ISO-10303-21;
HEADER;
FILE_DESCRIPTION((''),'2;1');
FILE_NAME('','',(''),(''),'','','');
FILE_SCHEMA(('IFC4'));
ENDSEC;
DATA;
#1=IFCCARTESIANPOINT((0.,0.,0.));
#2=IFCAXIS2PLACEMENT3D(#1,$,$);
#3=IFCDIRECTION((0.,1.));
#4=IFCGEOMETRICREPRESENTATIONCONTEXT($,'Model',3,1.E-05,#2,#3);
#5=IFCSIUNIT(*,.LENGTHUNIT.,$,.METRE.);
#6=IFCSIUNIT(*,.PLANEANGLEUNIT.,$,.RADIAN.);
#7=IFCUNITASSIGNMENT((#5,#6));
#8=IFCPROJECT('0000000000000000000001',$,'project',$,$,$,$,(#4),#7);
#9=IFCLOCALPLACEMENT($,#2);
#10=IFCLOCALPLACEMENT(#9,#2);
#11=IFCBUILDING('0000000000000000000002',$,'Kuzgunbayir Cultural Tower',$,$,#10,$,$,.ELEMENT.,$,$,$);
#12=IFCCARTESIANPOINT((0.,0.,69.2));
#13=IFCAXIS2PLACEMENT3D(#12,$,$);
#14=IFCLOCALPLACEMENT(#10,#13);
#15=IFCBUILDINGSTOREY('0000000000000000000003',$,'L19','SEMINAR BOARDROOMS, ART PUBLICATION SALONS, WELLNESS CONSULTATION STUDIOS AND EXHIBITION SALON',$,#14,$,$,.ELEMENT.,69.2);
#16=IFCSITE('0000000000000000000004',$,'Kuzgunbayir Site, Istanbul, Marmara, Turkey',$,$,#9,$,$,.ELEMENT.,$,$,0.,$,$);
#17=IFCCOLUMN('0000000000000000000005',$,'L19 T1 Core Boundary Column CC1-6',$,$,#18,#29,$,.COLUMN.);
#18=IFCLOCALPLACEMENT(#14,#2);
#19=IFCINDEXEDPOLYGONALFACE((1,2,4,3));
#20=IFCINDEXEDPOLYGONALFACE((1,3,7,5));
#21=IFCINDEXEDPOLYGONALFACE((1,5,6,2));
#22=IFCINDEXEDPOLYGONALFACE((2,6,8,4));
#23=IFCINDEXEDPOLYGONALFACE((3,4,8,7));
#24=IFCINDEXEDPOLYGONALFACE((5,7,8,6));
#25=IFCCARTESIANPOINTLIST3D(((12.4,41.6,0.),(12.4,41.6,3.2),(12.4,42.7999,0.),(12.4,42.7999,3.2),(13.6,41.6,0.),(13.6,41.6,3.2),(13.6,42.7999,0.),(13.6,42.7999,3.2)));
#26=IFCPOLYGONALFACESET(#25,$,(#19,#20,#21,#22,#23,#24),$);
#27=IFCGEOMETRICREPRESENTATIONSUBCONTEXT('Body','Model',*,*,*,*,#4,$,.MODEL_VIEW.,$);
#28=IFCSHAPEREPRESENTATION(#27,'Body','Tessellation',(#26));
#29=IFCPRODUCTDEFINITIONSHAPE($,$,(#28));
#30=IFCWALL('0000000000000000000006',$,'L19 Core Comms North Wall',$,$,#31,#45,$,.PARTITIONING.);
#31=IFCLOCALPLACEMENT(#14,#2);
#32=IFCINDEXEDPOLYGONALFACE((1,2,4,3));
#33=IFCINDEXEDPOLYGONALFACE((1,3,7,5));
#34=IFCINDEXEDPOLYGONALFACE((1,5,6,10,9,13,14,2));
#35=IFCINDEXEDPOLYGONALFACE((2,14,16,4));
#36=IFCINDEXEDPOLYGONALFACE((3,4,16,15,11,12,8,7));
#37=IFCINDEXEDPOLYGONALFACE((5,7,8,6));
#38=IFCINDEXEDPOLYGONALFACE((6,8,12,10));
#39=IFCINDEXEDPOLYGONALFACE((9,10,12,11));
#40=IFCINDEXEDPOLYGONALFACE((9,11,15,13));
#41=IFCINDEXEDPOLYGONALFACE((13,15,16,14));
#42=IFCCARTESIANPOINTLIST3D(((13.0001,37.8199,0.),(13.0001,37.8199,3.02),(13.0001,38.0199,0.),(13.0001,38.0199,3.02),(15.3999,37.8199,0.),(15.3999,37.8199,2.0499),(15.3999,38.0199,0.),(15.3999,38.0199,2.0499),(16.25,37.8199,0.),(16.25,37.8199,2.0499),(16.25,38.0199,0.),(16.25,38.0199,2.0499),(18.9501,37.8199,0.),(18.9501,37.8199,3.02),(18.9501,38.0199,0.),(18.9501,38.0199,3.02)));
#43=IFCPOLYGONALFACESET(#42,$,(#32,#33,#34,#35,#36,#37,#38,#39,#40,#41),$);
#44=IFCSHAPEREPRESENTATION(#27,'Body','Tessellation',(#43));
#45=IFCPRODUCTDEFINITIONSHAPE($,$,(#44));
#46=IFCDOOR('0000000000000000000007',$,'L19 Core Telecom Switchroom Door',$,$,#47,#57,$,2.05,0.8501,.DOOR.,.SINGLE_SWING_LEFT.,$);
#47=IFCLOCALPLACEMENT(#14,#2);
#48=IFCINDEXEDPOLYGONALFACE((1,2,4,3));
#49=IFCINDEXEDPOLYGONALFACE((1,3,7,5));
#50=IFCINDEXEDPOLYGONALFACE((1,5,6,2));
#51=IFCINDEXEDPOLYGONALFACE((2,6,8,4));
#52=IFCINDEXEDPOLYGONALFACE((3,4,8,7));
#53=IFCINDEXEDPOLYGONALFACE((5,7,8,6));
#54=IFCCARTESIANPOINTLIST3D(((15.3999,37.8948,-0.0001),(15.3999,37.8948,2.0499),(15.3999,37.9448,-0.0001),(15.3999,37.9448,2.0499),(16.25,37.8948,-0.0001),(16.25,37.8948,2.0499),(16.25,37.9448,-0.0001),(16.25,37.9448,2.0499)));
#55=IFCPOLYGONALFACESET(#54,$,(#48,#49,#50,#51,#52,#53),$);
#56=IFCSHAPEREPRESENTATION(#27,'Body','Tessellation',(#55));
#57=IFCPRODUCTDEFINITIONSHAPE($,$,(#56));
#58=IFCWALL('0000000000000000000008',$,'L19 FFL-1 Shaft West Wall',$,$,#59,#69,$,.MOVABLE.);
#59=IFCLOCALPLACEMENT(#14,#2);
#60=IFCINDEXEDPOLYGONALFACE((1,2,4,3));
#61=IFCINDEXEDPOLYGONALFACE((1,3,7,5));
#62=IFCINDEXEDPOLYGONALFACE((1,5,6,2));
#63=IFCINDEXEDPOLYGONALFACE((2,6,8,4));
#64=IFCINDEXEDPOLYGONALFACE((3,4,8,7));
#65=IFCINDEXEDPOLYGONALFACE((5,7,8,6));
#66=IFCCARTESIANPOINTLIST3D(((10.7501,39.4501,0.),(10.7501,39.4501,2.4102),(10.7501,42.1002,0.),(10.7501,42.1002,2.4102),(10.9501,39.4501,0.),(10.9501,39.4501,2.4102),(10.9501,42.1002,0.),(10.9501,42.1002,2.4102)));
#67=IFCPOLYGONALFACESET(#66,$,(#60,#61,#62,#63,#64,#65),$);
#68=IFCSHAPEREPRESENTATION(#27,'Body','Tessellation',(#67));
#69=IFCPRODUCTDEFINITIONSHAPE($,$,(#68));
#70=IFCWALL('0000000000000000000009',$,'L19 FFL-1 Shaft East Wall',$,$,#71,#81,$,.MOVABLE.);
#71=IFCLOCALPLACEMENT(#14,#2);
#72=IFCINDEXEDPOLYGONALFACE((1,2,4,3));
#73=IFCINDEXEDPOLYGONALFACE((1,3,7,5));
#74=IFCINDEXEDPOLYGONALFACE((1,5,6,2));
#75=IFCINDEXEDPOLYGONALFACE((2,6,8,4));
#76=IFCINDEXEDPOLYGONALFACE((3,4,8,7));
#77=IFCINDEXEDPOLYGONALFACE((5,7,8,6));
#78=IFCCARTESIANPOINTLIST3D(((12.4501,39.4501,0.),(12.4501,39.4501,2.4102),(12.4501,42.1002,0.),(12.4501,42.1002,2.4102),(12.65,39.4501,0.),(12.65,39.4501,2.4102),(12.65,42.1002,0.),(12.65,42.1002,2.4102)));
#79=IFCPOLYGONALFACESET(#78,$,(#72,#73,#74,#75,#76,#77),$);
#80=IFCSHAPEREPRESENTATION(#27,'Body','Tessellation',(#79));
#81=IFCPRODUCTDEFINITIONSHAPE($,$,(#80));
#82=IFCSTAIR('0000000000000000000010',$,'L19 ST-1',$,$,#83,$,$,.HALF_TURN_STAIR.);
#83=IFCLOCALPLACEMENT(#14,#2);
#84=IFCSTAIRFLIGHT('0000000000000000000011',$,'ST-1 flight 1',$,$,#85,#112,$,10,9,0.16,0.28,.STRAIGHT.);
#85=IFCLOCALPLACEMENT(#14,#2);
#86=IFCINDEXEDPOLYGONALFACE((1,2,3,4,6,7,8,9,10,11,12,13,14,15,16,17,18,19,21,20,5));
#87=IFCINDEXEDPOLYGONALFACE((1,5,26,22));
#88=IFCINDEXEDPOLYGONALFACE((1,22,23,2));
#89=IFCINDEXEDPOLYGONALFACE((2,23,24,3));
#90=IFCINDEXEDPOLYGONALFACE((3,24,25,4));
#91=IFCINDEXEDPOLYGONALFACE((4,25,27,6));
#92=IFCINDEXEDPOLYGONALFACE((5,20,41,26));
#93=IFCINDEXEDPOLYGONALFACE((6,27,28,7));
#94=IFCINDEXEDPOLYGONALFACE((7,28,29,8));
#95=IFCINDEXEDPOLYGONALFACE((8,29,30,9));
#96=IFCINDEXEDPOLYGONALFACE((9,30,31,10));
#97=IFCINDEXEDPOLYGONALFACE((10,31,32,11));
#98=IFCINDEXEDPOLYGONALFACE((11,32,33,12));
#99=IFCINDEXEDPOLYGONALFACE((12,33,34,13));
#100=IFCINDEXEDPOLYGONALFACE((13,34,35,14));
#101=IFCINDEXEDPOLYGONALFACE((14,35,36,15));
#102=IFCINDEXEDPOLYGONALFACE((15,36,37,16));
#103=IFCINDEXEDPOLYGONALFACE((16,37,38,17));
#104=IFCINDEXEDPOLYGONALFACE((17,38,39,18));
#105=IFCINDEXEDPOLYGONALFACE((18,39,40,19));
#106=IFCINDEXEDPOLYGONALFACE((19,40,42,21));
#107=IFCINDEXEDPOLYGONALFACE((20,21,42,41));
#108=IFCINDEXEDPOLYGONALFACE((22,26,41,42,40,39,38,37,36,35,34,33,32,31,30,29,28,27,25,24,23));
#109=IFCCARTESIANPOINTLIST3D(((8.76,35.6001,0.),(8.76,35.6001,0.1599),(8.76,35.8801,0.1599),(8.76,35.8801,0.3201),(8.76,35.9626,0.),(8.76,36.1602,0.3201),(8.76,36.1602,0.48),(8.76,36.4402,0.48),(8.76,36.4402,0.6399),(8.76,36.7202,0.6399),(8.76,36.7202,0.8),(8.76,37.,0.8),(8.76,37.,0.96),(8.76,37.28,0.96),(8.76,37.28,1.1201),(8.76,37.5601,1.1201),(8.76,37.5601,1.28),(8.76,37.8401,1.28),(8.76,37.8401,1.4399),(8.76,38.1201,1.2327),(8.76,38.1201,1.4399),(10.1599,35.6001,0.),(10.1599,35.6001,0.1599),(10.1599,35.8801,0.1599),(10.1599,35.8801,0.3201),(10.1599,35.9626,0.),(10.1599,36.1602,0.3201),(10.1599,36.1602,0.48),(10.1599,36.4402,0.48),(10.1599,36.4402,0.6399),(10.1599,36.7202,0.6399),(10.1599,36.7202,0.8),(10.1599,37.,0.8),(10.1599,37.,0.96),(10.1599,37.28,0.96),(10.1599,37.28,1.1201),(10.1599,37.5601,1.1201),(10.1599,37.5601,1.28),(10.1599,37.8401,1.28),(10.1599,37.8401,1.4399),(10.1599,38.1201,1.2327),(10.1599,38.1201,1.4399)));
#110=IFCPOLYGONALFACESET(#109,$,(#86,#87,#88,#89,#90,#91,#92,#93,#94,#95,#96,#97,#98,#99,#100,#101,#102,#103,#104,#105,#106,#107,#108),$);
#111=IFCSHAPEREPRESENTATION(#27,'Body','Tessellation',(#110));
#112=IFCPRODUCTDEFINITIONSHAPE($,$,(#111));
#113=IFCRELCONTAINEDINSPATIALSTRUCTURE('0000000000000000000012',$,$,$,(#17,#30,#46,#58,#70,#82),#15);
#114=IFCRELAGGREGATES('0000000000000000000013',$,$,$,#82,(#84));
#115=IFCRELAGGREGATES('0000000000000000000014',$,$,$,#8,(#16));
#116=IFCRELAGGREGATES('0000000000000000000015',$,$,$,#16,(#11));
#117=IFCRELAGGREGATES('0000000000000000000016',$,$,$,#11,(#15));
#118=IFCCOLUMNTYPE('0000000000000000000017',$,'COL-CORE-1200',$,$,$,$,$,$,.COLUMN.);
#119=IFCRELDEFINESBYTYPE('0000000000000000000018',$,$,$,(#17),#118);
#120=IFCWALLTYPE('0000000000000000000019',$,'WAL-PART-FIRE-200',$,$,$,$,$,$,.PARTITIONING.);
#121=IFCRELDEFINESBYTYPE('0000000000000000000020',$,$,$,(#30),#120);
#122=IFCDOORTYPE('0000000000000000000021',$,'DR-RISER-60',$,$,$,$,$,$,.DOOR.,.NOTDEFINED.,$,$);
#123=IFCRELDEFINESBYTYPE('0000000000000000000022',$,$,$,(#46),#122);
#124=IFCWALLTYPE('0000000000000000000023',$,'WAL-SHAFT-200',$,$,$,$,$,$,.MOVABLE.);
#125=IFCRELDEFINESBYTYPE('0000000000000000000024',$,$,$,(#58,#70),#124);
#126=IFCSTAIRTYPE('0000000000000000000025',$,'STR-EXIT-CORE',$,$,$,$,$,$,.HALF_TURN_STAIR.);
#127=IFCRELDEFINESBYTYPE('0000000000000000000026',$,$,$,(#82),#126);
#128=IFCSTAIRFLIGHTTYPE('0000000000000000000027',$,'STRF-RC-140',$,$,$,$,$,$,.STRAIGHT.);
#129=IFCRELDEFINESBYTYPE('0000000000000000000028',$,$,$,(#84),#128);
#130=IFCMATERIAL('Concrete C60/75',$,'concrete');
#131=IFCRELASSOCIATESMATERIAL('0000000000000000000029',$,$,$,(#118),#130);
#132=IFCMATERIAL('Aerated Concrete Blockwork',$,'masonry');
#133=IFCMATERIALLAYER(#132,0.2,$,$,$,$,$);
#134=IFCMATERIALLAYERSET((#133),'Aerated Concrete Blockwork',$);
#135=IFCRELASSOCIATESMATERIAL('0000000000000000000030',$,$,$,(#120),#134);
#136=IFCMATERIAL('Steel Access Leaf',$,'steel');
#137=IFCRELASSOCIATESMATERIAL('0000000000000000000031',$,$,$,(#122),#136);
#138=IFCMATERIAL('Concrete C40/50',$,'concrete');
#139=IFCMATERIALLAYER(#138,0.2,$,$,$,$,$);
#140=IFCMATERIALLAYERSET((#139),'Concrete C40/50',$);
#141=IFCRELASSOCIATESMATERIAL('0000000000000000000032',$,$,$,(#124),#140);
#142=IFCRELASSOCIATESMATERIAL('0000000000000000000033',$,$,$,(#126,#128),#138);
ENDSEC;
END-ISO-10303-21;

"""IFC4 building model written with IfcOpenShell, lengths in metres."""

from ifc_helpers import new_model, si_unit, direction, frame, frame_2d, origin, origin_2d, place, context, subcontext, project, spatial, polyline, rectangle, outline, extrude, material, layer, layer_set, material_profile, profile_set, type_object, element, fill, aggregate, save


model = new_model("IFC4")

# Units and contexts
model_context = context("Model", 3, precision=1e-05, world=origin(), true_north=direction((0.0, 1.0)))
body_context = subcontext(model_context, "Body", "Model", "MODEL_VIEW")
ifc_project = project(units=[si_unit("LENGTHUNIT", "METRE"), si_unit("PLANEANGLEUNIT", "RADIAN")], contexts=[model_context])

# Site, building, storey
site_placement = place(None, origin())
site = spatial("IfcSite", under=ifc_project, at=site_placement, Name="Kuzgunbayir Site, Istanbul, Marmara, Turkey", CompositionType="ELEMENT", RefElevation=0.0)
building_placement = place(site_placement, origin())
building = spatial("IfcBuilding", under=site, at=building_placement, Name="Kuzgunbayir Cultural Tower", CompositionType="ELEMENT")
storey_placement = place(building_placement, frame((0.0, 0.0, 69.2)))
storey = spatial("IfcBuildingStorey", under=building, at=storey_placement, Name="L19", Description="SEMINAR BOARDROOMS, ART PUBLICATION SALONS, WELLNESS CONSULTATION STUDIOS AND EXHIBITION SALON", CompositionType="ELEMENT", Elevation=69.2)

# Column
ifc_material_1 = material(Name="Concrete C60/75", Category="concrete")
ifc_material_profile = material_profile(ifc_material_1, rectangle(XDim=1.2, YDim=1.2, at=origin_2d()), Name="RC 1200x1200")
ifc_profile_set = profile_set([ifc_material_profile], Name="Concrete C60/75")
column_type = type_object("IfcColumnType", Name="COL-CORE-1200", PredefinedType="COLUMN", material=ifc_profile_set)
column_placement = place(storey_placement, frame((13.0, 42.2, 0.0), z_axis=(0.0, 0.0, 1.0), x_axis=(1.0, 0.0, 0.0)))
element("IfcColumn", 1, at=column_placement, inside=storey, type_object=column_type, Name="L19 T1 Core Boundary Column CC1-6", PredefinedType="COLUMN", context=body_context, shape_type="SweptSolid", body=[
    extrude(rectangle(XDim=1.2, YDim=1.2, at=origin_2d()), origin(), (0.0, 0.0, 1.0), 3.2),
])

# Wall, opening, door
ifc_material_2 = material(Name="Aerated Concrete Blockwork", Category="masonry")
ifc_layer_1 = layer(ifc_material_2, 0.2)
ifc_layer_set_1 = layer_set([ifc_layer_1], Name="Aerated Concrete Blockwork")
wall_type_1 = type_object("IfcWallType", Name="WAL-PART-FIRE-200", PredefinedType="PARTITIONING", material=ifc_layer_set_1)
wall_1_placement = place(storey_placement, frame((13.0, 37.9199, 0.0), z_axis=(0.0, 0.0, 1.0), x_axis=(1.0, 0.0, 0.0)))
wall_1 = element("IfcWall", 2, at=wall_1_placement, inside=storey, type_object=wall_type_1, Name="L19 Core Comms North Wall", PredefinedType="PARTITIONING", context=body_context, shape_type="SweptSolid", body=[
    extrude(rectangle(XDim=5.95, YDim=0.2, at=frame_2d((2.9751, 0.0))), origin(), (0.0, 0.0, 1.0), 3.02),
])
opening_1_placement = place(wall_1_placement, frame((2.3999, 0.0, 0.0)))
opening_1 = element("IfcOpeningElement", 3, at=opening_1_placement, cuts=wall_1, PredefinedType="OPENING", context=body_context, shape_type="SweptSolid", body=[
    extrude(rectangle(XDim=0.8501, YDim=2.05, at=frame_2d((0.425, 1.0249))), frame((0.0, 0.1099, 0.0), z_axis=(0.0, -1.0, 0.0), x_axis=(1.0, 0.0, 0.0)), (0.0, 0.0, 1.0), 0.22),
])
ifc_material_3 = material(Name="Steel Access Leaf", Category="steel")
door_type_1 = type_object("IfcDoorType", Name="DR-RISER-60", OperationType="NOTDEFINED", PredefinedType="DOOR", material=ifc_material_3)
door_1_placement = place(opening_1_placement, origin())
door_1 = element("IfcDoor", 4, at=door_1_placement, inside=storey, type_object=door_type_1, Name="L19 Core Telecom Switchroom Door", OperationType="SINGLE_SWING_LEFT", OverallHeight=2.05, OverallWidth=0.8501, PredefinedType="DOOR", context=body_context, shape_type="SweptSolid", body=[
    extrude(rectangle(XDim=0.8501, YDim=2.05, at=frame_2d((0.425, 1.0249))), frame((0.0, 0.0249, 0.0), z_axis=(0.0, -1.0, 0.0), x_axis=(1.0, 0.0, 0.0)), (0.0, 0.0, 1.0), 0.05),
])
fill(opening_1, door_1)
ifc_material_4 = material(Name="Concrete C40/50", Category="concrete")
ifc_layer_2 = layer(ifc_material_4, 0.2)
ifc_layer_set_2 = layer_set([ifc_layer_2], Name="Concrete C40/50")
wall_type_2 = type_object("IfcWallType", Name="WAL-SHAFT-200", PredefinedType="MOVABLE", material=ifc_layer_set_2)

# Walls
for number, where, z_axis, x_axis, name in (
    (5, (10.8501, 39.45, 0.0), (0.0, 0.0, 1.0), (0.0, 1.0, 0.0), "L19 FFL-1 Shaft West Wall"),
    (6, (12.55, 39.45, 0.0), (0.0, 0.0, 1.0), (0.0, 1.0, 0.0), "L19 FFL-1 Shaft East Wall"),
):
    element("IfcWall", number, at=place(storey_placement, frame(where, z_axis=z_axis, x_axis=x_axis)), inside=storey, type_object=wall_type_2, Name=name, PredefinedType="MOVABLE", context=body_context, shape_type="SweptSolid", body=[
        extrude(rectangle(XDim=2.6501, YDim=0.2, at=frame_2d((1.3252, 0.0))), origin(), (0.0, 0.0, 1.0), 2.4102),
    ])

# Stair, stair flight
stair_type = type_object("IfcStairType", Name="STR-EXIT-CORE", PredefinedType="HALF_TURN_STAIR", material=ifc_material_4)
stair_placement = place(storey_placement, origin())
stair = element("IfcStair", 7, at=stair_placement, inside=storey, type_object=stair_type, Name="L19 ST-1", PredefinedType="HALF_TURN_STAIR")
stair_flight_type = type_object("IfcStairFlightType", Name="STRF-RC-140", PredefinedType="STRAIGHT", material=ifc_material_4)
stair_flight_placement = place(storey_placement, frame((9.46, 35.6001, 0.0), z_axis=(0.0, 0.0, 1.0), x_axis=(0.0, 1.0, 0.0)))
stair_flight = element("IfcStairFlight", 8, at=stair_flight_placement, type_object=stair_flight_type, Name="ST-1 flight 1", NumberOfRisers=10, NumberOfTreads=9, PredefinedType="STRAIGHT", RiserHeight=0.16, TreadLength=0.28, context=body_context, shape_type="SweptSolid", body=[
    extrude(outline(polyline([(0.0, 0.0), (0.0, 0.1599), (0.28, 0.1599), (0.28, 0.3201), (0.5601, 0.3201), (0.5601, 0.48), (0.8401, 0.48), (0.8401, 0.6399), (1.1201, 0.6399), (1.1201, 0.8), (1.3999, 0.8), (1.3999, 0.96), (1.6799, 0.96), (1.6799, 1.1201), (1.96, 1.1201), (1.96, 1.28), (2.24, 1.28), (2.24, 1.4399), (2.52, 1.4399), (2.52, 1.6001), (2.52, 1.2327), (0.3625, 0.0), (0.0, 0.0)])), frame((0.0, 0.7, 0.0), z_axis=(0.0, -1.0, 0.0), x_axis=(1.0, 0.0, 0.0)), (0.0, 0.0, 1.0), 1.3999),
])
aggregate(stair, [stair_flight])

save(model, "model.ifc")
